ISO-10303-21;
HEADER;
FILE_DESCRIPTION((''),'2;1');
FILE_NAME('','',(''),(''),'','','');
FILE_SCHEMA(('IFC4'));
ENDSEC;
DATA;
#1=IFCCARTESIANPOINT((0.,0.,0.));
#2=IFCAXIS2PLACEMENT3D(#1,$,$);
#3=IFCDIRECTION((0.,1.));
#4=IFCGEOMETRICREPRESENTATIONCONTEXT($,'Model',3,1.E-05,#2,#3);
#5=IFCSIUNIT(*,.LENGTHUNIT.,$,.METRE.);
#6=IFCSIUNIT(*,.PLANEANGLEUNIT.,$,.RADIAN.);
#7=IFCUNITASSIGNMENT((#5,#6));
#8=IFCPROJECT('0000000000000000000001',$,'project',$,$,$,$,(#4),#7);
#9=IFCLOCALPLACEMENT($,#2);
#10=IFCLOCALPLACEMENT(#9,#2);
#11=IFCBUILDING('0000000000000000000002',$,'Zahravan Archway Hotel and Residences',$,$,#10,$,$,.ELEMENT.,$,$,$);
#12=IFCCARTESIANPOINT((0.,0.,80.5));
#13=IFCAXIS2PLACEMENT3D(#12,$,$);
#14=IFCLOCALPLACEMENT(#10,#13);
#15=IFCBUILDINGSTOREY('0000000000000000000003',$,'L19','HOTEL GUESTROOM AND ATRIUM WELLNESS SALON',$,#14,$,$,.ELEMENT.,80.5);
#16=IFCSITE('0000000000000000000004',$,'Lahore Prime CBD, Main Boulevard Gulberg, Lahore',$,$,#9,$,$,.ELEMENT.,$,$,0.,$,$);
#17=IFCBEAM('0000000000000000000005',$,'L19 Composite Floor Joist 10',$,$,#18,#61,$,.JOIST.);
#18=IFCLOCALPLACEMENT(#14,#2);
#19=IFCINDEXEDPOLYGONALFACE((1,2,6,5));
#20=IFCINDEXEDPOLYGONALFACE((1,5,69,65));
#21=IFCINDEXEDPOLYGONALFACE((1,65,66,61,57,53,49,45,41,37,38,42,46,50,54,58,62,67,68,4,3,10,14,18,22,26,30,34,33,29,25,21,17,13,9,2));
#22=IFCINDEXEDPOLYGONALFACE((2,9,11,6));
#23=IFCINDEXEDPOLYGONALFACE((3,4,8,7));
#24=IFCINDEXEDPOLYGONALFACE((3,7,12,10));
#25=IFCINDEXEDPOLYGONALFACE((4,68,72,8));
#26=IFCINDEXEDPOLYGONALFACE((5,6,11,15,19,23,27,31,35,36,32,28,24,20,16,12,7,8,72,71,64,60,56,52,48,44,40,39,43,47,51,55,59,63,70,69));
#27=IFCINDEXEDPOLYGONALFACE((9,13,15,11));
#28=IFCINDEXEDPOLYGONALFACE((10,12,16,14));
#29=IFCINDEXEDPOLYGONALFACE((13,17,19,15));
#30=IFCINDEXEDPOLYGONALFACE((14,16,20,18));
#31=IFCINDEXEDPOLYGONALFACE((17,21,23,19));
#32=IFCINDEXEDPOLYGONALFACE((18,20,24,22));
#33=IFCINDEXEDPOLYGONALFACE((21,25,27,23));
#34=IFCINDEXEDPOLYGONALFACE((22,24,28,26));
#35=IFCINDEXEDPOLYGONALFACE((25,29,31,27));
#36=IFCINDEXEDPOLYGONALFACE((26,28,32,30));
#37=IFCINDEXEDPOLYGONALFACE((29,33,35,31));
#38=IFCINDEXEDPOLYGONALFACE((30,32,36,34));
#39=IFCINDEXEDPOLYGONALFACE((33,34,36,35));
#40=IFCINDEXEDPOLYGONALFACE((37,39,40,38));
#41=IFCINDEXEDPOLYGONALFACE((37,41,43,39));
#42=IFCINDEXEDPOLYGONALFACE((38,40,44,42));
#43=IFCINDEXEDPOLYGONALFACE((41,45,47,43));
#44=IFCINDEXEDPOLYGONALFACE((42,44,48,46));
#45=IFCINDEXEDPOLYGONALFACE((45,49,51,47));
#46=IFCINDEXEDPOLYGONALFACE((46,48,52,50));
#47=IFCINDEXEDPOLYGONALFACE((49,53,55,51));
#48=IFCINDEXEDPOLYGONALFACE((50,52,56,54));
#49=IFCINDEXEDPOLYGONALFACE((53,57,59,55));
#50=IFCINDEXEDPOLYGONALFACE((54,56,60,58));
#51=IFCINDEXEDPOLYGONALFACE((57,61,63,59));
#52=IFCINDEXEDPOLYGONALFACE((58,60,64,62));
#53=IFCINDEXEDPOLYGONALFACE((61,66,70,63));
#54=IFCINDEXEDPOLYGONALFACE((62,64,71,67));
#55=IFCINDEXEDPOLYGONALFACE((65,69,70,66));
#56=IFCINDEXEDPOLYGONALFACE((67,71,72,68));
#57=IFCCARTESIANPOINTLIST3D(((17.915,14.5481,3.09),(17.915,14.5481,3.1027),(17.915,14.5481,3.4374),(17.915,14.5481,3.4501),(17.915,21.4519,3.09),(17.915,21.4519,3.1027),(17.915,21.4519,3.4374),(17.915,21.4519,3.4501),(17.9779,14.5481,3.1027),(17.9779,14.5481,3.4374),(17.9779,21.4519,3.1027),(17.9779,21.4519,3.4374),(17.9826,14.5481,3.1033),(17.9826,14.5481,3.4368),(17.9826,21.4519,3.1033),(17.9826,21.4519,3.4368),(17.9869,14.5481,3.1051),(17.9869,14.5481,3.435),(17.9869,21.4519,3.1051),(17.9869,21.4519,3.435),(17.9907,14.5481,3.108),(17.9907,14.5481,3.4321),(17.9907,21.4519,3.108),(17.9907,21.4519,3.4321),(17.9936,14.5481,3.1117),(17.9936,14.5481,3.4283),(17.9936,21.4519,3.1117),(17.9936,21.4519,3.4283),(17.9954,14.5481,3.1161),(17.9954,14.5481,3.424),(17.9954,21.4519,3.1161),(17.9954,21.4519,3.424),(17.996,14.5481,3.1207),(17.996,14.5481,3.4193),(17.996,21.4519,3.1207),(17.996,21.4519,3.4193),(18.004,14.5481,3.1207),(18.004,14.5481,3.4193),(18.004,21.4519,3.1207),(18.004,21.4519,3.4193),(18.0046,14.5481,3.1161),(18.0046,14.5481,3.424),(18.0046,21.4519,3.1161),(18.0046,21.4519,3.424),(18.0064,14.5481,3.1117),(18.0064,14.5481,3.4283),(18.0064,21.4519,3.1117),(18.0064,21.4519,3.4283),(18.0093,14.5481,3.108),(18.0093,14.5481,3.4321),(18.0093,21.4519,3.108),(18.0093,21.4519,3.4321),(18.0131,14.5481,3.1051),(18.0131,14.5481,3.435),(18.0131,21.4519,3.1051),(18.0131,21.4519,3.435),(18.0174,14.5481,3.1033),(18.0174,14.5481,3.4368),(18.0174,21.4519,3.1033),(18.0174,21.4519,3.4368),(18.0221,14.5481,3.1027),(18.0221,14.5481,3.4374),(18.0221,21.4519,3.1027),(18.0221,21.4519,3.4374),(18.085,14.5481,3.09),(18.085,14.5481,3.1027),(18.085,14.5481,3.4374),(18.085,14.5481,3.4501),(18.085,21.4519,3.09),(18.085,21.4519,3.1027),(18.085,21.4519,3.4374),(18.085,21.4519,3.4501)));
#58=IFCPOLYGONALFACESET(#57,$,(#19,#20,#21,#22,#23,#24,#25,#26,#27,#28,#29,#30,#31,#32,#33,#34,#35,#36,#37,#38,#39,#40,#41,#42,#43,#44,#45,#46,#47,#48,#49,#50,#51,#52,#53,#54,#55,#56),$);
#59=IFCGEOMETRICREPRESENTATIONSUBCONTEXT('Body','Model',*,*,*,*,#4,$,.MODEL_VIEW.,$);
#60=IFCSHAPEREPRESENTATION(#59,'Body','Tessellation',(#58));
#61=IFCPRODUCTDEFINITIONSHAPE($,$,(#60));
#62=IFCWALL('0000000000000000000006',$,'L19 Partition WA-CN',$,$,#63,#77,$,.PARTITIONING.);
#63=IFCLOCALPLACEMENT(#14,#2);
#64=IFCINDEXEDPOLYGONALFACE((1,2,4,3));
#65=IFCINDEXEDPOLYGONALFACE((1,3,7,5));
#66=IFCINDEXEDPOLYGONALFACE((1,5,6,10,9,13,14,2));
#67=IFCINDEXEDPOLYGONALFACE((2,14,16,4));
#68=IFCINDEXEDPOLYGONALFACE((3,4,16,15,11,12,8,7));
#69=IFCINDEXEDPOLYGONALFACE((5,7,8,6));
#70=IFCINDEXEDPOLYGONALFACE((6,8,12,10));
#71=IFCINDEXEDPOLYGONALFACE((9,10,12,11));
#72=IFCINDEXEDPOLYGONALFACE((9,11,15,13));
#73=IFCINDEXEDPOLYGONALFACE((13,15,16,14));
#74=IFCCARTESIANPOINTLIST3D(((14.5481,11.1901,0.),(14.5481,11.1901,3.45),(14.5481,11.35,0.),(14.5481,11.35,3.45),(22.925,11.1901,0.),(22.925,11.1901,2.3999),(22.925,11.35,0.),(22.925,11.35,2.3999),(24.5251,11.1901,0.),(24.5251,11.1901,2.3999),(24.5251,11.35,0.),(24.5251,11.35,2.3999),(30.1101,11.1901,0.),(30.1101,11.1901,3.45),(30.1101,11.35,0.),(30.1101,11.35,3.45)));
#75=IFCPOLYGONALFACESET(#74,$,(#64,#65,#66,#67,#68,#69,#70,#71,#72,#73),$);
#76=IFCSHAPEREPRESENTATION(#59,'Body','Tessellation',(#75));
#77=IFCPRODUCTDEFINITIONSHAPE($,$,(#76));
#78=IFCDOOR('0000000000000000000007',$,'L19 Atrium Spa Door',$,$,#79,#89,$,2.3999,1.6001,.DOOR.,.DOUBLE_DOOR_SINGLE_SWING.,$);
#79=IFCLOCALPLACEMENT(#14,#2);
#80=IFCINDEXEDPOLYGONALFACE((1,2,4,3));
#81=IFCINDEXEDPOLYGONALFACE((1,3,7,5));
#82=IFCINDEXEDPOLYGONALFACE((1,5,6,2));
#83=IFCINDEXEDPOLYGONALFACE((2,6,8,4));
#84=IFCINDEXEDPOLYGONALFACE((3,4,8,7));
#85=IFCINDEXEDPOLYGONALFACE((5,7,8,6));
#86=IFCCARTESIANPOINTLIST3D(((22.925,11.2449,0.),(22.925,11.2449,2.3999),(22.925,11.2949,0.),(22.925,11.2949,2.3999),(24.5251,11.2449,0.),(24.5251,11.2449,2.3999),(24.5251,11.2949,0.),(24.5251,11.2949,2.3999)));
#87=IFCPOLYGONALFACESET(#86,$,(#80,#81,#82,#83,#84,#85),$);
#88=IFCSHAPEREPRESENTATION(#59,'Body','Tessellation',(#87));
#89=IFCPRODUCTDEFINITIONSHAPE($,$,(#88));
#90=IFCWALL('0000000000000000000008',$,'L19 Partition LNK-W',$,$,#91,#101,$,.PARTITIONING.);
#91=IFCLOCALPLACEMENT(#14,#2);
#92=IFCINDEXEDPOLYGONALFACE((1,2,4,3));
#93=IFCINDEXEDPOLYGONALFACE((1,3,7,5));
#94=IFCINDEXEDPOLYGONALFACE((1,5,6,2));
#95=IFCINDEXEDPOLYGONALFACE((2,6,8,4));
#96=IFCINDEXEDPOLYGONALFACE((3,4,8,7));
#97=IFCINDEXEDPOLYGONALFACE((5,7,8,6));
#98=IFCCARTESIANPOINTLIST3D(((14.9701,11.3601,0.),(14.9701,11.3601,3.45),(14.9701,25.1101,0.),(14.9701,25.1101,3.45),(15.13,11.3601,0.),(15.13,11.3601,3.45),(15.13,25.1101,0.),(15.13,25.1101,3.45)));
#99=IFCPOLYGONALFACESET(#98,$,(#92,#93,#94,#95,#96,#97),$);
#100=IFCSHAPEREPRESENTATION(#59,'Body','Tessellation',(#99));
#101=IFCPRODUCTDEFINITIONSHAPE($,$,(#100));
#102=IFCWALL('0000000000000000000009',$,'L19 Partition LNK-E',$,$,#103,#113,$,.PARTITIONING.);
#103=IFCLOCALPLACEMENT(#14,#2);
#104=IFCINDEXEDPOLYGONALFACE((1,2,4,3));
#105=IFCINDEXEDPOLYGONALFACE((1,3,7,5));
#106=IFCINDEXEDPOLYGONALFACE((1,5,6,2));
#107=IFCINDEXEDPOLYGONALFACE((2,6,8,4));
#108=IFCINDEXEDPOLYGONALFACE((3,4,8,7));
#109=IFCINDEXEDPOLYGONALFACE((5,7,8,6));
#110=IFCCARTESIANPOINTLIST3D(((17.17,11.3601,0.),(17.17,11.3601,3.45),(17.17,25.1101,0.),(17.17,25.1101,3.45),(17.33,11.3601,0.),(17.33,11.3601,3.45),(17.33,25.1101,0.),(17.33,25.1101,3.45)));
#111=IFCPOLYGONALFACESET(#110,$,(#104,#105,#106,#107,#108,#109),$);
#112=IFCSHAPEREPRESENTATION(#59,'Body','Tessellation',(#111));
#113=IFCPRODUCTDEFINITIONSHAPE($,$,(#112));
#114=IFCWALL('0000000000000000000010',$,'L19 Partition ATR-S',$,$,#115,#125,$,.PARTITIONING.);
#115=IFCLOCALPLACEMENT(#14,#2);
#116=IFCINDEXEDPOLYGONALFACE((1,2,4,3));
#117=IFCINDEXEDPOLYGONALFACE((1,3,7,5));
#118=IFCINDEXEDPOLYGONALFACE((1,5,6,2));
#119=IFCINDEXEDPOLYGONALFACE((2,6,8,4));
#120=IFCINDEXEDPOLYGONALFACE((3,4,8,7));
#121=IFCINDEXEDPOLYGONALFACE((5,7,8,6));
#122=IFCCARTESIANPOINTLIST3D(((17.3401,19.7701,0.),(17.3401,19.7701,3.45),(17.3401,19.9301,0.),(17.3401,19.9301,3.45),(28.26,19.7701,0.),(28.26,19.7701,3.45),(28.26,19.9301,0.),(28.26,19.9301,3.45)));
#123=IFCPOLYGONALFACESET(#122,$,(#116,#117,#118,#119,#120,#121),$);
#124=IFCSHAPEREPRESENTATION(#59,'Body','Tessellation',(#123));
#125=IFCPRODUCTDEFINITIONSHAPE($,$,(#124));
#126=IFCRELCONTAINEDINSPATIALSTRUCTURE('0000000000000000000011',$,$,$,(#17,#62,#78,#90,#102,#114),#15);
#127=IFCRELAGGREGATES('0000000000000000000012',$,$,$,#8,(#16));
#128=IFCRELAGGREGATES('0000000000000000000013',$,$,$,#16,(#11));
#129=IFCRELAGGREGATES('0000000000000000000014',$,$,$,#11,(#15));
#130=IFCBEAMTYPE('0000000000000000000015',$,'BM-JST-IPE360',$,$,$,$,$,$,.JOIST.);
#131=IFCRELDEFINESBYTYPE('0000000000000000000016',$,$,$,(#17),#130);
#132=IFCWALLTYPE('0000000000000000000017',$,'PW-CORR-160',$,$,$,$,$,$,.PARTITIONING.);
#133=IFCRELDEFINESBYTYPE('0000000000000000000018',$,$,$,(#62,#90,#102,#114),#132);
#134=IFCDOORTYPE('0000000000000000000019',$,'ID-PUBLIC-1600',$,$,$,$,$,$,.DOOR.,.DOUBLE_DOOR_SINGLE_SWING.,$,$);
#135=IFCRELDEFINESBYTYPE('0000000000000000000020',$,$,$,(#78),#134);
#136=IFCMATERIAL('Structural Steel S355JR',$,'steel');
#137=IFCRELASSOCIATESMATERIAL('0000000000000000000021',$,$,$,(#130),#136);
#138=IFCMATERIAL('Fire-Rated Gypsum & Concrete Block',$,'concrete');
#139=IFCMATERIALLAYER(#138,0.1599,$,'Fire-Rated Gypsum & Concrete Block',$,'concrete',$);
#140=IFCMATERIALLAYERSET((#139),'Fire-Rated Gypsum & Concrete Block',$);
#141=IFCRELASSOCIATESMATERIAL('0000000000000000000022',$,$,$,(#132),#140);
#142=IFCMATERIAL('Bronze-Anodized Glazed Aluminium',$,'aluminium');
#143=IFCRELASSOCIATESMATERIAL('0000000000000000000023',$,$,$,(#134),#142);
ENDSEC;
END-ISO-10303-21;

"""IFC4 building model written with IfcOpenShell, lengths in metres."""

from ifc_helpers import new_model, si_unit, direction, frame, frame_2d, origin, origin_2d, place, context, subcontext, project, spatial, rectangle, i_section, extrude, source, transform, mapped, material, layer, layer_set, material_profile, profile_set, type_object, type_shapes, element, fill, save


model = new_model("IFC4")

# Units and contexts
model_context = context("Model", 3, precision=1e-05, world=origin(), true_north=direction((0.0, 1.0)))
body_context = subcontext(model_context, "Body", "Model", "MODEL_VIEW")
ifc_project = project(units=[si_unit("LENGTHUNIT", "METRE"), si_unit("PLANEANGLEUNIT", "RADIAN")], contexts=[model_context])

# Site, building, storey
site_placement = place(None, origin())
site = spatial("IfcSite", under=ifc_project, at=site_placement, Name="Lahore Prime CBD, Main Boulevard Gulberg, Lahore", CompositionType="ELEMENT", RefElevation=0.0)
building_placement = place(site_placement, origin())
building = spatial("IfcBuilding", under=site, at=building_placement, Name="Zahravan Archway Hotel and Residences", CompositionType="ELEMENT")
storey_placement = place(building_placement, frame((0.0, 0.0, 80.5)))
storey = spatial("IfcBuildingStorey", under=building, at=storey_placement, Name="L19", Description="HOTEL GUESTROOM AND ATRIUM WELLNESS SALON", CompositionType="ELEMENT", Elevation=80.5)

# Beam
ifc_material_1 = material(Name="Structural Steel S355JR", Category="steel")
ifc_material_profile_1 = material_profile(ifc_material_1, i_section(OverallWidth=0.1699, OverallDepth=0.3601, WebThickness=0.0081, FlangeThickness=0.0127, FilletRadius=0.0181, at=origin_2d()), Name="IPE 360", Category="steel")
ifc_profile_set_1 = profile_set([ifc_material_profile_1], Name="Structural Steel S355JR")
beam_type_1 = type_object("IfcBeamType", Name="BM-JST-IPE360", PredefinedType="JOIST", material=ifc_profile_set_1)
shared_shape_1 = source(origin(), body_context, "Body", "SweptSolid", [
    extrude(i_section(OverallWidth=0.1699, OverallDepth=0.3601, WebThickness=0.0081, FlangeThickness=0.0127, FilletRadius=0.0181, at=origin_2d()), origin(), (0.0, 0.0, 1.0), 6.9038),
])
beam_1_placement = place(storey_placement, frame((18.0, 14.5481, 3.27), z_axis=(0.0, 1.0, 0.0), x_axis=(-1.0, 0.0, 0.0)))
element("IfcBeam", 1, at=beam_1_placement, inside=storey, type_object=beam_type_1, Name="L19 Composite Floor Joist 10", PredefinedType="JOIST", context=body_context, shape_type="MappedRepresentation", body=[
    mapped(shared_shape_1, transform((0.0, 0.0, 0.0), scale=1.0)),
])

# Wall, opening, door
ifc_material_2 = material(Name="Fire-Rated Gypsum & Concrete Block", Category="concrete")
ifc_layer_1 = layer(ifc_material_2, 0.1599, Name="Fire-Rated Gypsum & Concrete Block", Category="concrete")
ifc_layer_set_1 = layer_set([ifc_layer_1], Name="Fire-Rated Gypsum & Concrete Block")
wall_type_1 = type_object("IfcWallType", Name="PW-CORR-160", PredefinedType="PARTITIONING", material=ifc_layer_set_1)
wall_1_placement = place(storey_placement, frame((14.5481, 11.27, 0.0), z_axis=(0.0, 0.0, 1.0), x_axis=(1.0, 0.0, 0.0)))
wall_1 = element("IfcWall", 2, at=wall_1_placement, inside=storey, type_object=wall_type_1, Name="L19 Partition WA-CN", PredefinedType="PARTITIONING", context=body_context, shape_type="SweptSolid", body=[
    extrude(rectangle(XDim=15.562, YDim=0.1599, at=frame_2d((7.781, 0.0))), origin(), (0.0, 0.0, 1.0), 3.45),
])
opening_1_placement = place(wall_1_placement, frame((8.377, 0.0, 0.0)))
opening_1 = element("IfcOpeningElement", 3, at=opening_1_placement, cuts=wall_1, PredefinedType="OPENING", context=body_context, shape_type="SweptSolid", body=[
    extrude(rectangle(XDim=1.6001, YDim=2.3999, at=frame_2d((0.8, 1.2))), frame((0.0, 0.0898, 0.0), z_axis=(0.0, -1.0, 0.0), x_axis=(1.0, 0.0, 0.0)), (0.0, 0.0, 1.0), 0.1799),
])
ifc_material_3 = material(Name="Bronze-Anodized Glazed Aluminium", Category="aluminium")
door_type_1 = type_object("IfcDoorType", Name="ID-PUBLIC-1600", OperationType="DOUBLE_DOOR_SINGLE_SWING", PredefinedType="DOOR", material=ifc_material_3)
shared_shape_2 = source(origin(), body_context, "Body", "SweptSolid", [
    extrude(rectangle(XDim=1.6001, YDim=2.3999, at=frame_2d((0.8, 1.2))), frame((0.0, 0.0249, 0.0), z_axis=(0.0, -1.0, 0.0), x_axis=(1.0, 0.0, 0.0)), (0.0, 0.0, 1.0), 0.05),
])
type_shapes(door_type_1, [shared_shape_2])
door_1_placement = place(opening_1_placement, origin())
door_1 = element("IfcDoor", 4, at=door_1_placement, inside=storey, type_object=door_type_1, Name="L19 Atrium Spa Door", OperationType="DOUBLE_DOOR_SINGLE_SWING", OverallHeight=2.3999, OverallWidth=1.6001, PredefinedType="DOOR", context=body_context, shape_type="MappedRepresentation", body=[
    mapped(shared_shape_2, transform((0.0, 0.0, 0.0), scale=1.0)),
])
fill(opening_1, door_1)

# Walls
for number, where, z_axis, x_axis, name in (
    (5, (15.05, 11.3601, 0.0), (0.0, 0.0, 1.0), (0.0, 1.0, 0.0), "L19 Partition LNK-W"),
    (6, (17.25, 11.3601, 0.0), (0.0, 0.0, 1.0), (0.0, 1.0, 0.0), "L19 Partition LNK-E"),
):
    element("IfcWall", number, at=place(storey_placement, frame(where, z_axis=z_axis, x_axis=x_axis)), inside=storey, type_object=wall_type_1, Name=name, PredefinedType="PARTITIONING", context=body_context, shape_type="SweptSolid", body=[
        extrude(rectangle(XDim=13.75, YDim=0.1599, at=frame_2d((6.875, 0.0))), origin(), (0.0, 0.0, 1.0), 3.45),
    ])
wall_2_placement = place(storey_placement, frame((17.3401, 19.8501, 0.0), z_axis=(0.0, 0.0, 1.0), x_axis=(1.0, 0.0, 0.0)))
element("IfcWall", 7, at=wall_2_placement, inside=storey, type_object=wall_type_1, Name="L19 Partition ATR-S", PredefinedType="PARTITIONING", context=body_context, shape_type="SweptSolid", body=[
    extrude(rectangle(XDim=10.9199, YDim=0.1599, at=frame_2d((5.46, 0.0))), origin(), (0.0, 0.0, 1.0), 3.45),
])

save(model, "model.ifc")
